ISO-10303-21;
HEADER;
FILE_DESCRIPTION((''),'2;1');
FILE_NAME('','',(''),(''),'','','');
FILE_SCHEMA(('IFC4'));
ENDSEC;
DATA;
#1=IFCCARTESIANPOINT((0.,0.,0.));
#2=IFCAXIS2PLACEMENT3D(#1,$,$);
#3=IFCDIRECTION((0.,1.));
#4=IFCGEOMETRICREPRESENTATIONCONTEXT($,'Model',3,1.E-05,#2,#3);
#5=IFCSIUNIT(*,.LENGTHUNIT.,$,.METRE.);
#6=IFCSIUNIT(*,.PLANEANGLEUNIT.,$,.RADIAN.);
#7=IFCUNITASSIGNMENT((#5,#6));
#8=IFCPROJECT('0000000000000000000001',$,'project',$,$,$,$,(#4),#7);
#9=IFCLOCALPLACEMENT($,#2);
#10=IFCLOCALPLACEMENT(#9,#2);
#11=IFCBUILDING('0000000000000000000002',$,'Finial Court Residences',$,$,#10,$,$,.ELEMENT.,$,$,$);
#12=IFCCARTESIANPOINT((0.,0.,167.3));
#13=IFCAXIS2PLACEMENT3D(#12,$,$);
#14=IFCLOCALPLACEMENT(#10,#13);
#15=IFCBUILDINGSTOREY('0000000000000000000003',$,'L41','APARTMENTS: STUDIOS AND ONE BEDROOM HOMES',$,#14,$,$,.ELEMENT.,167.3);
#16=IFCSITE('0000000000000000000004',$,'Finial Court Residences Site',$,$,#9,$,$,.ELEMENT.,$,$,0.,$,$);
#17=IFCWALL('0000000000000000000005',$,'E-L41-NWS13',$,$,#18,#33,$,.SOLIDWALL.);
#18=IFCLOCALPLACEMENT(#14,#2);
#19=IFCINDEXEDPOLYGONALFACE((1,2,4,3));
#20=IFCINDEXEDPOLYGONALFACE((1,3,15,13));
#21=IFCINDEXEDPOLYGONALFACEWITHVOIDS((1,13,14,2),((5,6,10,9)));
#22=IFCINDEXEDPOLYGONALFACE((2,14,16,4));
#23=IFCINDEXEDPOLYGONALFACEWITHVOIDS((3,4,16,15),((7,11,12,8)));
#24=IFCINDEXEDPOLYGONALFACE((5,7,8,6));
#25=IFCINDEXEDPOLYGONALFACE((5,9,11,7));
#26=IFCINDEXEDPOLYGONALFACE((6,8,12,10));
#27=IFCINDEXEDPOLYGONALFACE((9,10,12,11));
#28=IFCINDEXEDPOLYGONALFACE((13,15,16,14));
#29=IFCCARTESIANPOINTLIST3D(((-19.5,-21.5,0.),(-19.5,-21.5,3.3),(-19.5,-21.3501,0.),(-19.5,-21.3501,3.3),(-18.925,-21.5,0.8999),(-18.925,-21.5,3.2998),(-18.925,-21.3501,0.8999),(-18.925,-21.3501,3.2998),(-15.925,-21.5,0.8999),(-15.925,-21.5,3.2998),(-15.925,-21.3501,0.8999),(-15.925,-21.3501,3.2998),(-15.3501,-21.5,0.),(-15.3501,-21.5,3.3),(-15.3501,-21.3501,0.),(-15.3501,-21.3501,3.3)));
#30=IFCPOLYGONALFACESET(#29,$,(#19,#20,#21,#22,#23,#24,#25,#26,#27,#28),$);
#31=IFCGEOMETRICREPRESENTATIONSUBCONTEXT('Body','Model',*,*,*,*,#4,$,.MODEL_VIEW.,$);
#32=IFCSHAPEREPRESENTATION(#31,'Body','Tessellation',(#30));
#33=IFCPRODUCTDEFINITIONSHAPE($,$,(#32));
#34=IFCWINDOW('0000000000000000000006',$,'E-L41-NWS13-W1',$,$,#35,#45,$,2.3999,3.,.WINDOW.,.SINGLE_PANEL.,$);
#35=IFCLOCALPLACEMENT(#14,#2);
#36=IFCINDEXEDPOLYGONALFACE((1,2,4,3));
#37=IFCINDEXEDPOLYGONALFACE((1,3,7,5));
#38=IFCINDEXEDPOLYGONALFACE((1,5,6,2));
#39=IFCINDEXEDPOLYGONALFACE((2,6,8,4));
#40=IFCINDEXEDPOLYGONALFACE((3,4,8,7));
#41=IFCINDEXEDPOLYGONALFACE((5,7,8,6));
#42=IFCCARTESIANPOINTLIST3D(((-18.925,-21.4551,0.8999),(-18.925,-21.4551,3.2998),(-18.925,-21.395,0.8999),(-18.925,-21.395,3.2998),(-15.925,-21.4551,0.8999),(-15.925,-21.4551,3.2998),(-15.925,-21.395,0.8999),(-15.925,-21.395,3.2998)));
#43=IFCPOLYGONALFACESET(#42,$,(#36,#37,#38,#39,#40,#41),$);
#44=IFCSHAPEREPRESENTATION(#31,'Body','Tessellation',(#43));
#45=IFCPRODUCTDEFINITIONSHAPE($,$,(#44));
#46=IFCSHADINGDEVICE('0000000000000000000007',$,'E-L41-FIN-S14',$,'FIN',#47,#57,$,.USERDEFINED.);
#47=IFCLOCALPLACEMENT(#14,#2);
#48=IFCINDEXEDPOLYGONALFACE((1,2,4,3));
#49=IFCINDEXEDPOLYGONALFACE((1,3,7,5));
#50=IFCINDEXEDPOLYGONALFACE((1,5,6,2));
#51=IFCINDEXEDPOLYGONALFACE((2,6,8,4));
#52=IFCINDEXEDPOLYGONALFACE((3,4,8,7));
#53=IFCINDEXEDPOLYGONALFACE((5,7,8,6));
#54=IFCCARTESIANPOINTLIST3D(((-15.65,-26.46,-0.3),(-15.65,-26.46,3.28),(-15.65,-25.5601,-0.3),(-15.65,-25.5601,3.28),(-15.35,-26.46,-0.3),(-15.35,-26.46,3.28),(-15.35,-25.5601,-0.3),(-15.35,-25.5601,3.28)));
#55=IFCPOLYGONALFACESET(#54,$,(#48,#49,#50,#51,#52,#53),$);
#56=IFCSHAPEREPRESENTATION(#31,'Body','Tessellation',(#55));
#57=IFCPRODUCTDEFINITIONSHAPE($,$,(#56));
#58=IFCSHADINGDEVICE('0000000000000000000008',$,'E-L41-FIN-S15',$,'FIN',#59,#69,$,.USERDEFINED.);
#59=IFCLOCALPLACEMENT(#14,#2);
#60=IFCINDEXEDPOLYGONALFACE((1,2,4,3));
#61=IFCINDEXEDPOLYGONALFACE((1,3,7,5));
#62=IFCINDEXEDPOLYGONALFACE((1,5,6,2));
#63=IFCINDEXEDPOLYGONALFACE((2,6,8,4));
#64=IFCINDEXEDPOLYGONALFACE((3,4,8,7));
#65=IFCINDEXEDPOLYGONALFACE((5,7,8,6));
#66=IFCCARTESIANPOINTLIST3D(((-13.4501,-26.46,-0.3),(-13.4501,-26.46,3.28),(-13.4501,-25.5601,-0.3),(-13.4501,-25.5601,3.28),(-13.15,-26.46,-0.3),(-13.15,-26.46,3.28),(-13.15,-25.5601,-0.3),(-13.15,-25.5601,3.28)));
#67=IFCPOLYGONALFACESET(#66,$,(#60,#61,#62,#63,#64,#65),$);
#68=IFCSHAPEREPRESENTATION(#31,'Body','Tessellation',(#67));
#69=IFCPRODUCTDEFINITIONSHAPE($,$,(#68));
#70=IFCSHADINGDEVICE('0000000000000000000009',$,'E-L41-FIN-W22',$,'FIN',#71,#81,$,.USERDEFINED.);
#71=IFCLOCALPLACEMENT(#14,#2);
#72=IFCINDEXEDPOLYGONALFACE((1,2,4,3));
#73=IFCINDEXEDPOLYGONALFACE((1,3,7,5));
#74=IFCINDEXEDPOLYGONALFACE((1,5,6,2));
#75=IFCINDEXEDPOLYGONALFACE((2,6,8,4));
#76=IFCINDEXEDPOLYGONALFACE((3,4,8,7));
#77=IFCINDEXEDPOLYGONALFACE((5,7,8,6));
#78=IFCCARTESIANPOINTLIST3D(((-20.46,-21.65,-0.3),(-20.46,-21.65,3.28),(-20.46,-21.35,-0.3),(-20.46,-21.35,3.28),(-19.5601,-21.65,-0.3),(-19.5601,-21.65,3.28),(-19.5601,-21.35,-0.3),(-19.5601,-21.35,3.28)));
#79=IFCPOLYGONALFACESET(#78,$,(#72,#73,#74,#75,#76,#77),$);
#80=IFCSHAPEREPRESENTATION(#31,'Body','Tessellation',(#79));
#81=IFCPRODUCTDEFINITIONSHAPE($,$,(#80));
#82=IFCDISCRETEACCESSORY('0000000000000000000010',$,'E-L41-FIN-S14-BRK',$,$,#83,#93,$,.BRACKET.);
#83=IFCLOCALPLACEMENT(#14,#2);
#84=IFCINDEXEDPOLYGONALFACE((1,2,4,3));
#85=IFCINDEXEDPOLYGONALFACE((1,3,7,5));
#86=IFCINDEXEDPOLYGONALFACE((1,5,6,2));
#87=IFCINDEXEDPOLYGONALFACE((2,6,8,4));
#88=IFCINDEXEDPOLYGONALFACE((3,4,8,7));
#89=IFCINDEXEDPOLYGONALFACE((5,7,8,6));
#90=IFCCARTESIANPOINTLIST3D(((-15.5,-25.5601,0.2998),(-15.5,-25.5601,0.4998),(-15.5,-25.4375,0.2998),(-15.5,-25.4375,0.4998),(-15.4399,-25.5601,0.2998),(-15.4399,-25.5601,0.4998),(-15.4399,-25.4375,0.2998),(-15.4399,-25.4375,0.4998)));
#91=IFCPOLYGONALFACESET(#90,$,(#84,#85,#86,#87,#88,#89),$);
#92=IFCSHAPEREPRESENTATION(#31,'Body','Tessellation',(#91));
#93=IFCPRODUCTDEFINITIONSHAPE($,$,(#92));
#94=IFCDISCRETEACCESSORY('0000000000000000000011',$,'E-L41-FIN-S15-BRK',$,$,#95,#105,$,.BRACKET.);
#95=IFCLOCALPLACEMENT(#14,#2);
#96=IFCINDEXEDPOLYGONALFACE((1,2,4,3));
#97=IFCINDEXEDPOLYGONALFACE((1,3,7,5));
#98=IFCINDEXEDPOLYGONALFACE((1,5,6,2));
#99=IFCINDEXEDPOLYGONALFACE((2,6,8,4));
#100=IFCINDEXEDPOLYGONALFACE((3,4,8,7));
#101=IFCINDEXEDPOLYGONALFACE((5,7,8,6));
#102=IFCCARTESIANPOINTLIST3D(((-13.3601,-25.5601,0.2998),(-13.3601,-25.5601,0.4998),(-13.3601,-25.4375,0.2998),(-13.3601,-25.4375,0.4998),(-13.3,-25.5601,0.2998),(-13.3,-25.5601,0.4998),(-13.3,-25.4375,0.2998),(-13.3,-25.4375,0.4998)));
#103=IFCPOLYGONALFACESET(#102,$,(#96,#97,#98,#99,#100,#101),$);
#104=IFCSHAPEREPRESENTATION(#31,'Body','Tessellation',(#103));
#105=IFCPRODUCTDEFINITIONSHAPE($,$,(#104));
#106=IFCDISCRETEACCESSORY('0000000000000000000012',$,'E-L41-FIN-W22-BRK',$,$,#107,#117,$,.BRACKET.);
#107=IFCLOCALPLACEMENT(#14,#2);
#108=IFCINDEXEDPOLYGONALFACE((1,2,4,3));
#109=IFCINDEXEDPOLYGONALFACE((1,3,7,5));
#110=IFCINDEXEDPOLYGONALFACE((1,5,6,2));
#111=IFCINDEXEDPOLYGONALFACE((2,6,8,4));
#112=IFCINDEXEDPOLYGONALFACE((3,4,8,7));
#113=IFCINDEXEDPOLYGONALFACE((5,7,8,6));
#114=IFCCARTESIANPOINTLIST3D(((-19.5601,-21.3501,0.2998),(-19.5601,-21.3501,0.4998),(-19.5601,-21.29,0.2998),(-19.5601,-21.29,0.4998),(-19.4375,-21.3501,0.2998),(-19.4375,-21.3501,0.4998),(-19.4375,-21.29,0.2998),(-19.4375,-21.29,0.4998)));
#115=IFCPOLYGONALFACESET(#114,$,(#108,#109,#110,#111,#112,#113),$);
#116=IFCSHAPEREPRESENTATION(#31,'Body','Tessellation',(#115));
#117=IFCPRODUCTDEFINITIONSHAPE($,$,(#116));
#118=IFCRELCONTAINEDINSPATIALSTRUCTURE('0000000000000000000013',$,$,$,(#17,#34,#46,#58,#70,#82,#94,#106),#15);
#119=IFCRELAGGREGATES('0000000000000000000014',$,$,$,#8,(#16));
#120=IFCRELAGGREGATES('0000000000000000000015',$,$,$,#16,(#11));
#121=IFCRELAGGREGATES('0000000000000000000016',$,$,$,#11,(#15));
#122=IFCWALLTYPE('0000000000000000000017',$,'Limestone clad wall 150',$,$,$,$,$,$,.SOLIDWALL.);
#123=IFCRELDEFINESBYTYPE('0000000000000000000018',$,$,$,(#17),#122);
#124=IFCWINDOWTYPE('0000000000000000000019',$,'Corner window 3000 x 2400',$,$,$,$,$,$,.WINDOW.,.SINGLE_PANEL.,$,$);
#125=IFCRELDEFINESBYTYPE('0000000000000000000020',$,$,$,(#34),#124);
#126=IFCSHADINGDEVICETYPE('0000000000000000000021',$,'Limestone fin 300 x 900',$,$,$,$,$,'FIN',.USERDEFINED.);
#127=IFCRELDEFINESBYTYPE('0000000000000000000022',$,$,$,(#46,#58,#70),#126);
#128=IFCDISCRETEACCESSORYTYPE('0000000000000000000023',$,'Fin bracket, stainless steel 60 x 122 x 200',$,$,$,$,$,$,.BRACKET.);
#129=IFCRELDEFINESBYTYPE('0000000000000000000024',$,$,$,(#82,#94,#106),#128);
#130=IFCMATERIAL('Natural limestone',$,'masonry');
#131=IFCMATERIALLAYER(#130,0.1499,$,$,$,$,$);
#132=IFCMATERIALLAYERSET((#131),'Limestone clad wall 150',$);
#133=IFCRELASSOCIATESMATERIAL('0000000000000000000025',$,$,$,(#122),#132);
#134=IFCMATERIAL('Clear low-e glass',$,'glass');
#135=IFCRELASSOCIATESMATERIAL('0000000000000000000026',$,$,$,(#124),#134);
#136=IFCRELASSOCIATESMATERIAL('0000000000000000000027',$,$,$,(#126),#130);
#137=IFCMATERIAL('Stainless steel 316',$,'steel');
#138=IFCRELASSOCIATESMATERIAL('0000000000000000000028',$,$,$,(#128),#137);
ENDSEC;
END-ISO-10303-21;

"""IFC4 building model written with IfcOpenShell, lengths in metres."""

from ifc_helpers import new_model, si_unit, direction, frame, frame_2d, origin, origin_2d, place, context, subcontext, project, spatial, rectangle, extrude, material, layer, layer_set, type_object, element, fill, save


model = new_model("IFC4")

# Units and contexts
model_context = context("Model", 3, precision=1e-05, world=origin(), true_north=direction((0.0, 1.0)))
body_context = subcontext(model_context, "Body", "Model", "MODEL_VIEW")
ifc_project = project(units=[si_unit("LENGTHUNIT", "METRE"), si_unit("PLANEANGLEUNIT", "RADIAN")], contexts=[model_context])

# Site, building, storey
site_placement = place(None, origin())
site = spatial("IfcSite", under=ifc_project, at=site_placement, Name="Finial Court Residences Site", CompositionType="ELEMENT", RefElevation=0.0)
building_placement = place(site_placement, origin())
building = spatial("IfcBuilding", under=site, at=building_placement, Name="Finial Court Residences", CompositionType="ELEMENT")
storey_placement = place(building_placement, frame((0.0, 0.0, 167.3)))
storey = spatial("IfcBuildingStorey", under=building, at=storey_placement, Name="L41", Description="APARTMENTS: STUDIOS AND ONE BEDROOM HOMES", CompositionType="ELEMENT", Elevation=167.3)

# Shared definitions
ifc_material_1 = material(Name="Clear low-e glass", Category="glass")

# Wall, opening, window
ifc_material_2 = material(Name="Natural limestone", Category="masonry")
ifc_layer_1 = layer(ifc_material_2, 0.1499)
ifc_layer_set_1 = layer_set([ifc_layer_1], Name="Limestone clad wall 150")
wall_type_1 = type_object("IfcWallType", Name="Limestone clad wall 150", PredefinedType="SOLIDWALL", material=ifc_layer_set_1)
wall_1_placement = place(storey_placement, frame((-15.3501, -21.425, 0.0), z_axis=(0.0, 0.0, 1.0), x_axis=(-1.0, 0.0, 0.0)))
wall_1 = element("IfcWall", 1, at=wall_1_placement, inside=storey, type_object=wall_type_1, Name="E-L41-NWS13", PredefinedType="SOLIDWALL", context=body_context, shape_type="SweptSolid", body=[
    extrude(rectangle(XDim=4.1499, YDim=0.1499, at=frame_2d((2.075, 0.0))), origin(), (0.0, 0.0, 1.0), 3.3),
])
opening_1_placement = place(wall_1_placement, frame((0.575, 0.0, 0.8999)))
opening_1 = element("IfcOpeningElement", 2, at=opening_1_placement, cuts=wall_1, PredefinedType="OPENING", context=body_context, shape_type="SweptSolid", body=[
    extrude(rectangle(XDim=3.0, YDim=2.3999, at=frame_2d((1.5, 1.2))), frame((0.0, 0.085, 0.0), z_axis=(0.0, -1.0, 0.0), x_axis=(1.0, 0.0, 0.0)), (0.0, 0.0, 1.0), 0.1699),
])
window_type_1 = type_object("IfcWindowType", Name="Corner window 3000 x 2400", PartitioningType="SINGLE_PANEL", PredefinedType="WINDOW", material=ifc_material_1)
window_1_placement = place(opening_1_placement, origin())
window_1 = element("IfcWindow", 3, at=window_1_placement, inside=storey, type_object=window_type_1, Name="E-L41-NWS13-W1", OverallHeight=2.3999, OverallWidth=3.0, PartitioningType="SINGLE_PANEL", PredefinedType="WINDOW", context=body_context, shape_type="SweptSolid", body=[
    extrude(rectangle(XDim=3.0, YDim=2.3999, at=frame_2d((1.5, 1.2))), frame((0.0, 0.03, 0.0), z_axis=(0.0, -1.0, 0.0), x_axis=(1.0, 0.0, 0.0)), (0.0, 0.0, 1.0), 0.0601),
])
fill(opening_1, window_1)

# Shading devices
shading_device_type = type_object("IfcShadingDeviceType", Name="Limestone fin 300 x 900", ElementType="FIN", PredefinedType="USERDEFINED", material=ifc_material_2)
for number, where, z_axis, x_axis, name in (
    (4, (-15.5, -26.01, -0.3), (0.0, 0.0, 1.0), (1.0, 0.0, 0.0), "E-L41-FIN-S14"),
    (5, (-13.3, -26.01, -0.3), (0.0, 0.0, 1.0), (1.0, 0.0, 0.0), "E-L41-FIN-S15"),
):
    element("IfcShadingDevice", number, at=place(storey_placement, frame(where, z_axis=z_axis, x_axis=x_axis)), inside=storey, type_object=shading_device_type, Name=name, ObjectType="FIN", PredefinedType="USERDEFINED", context=body_context, shape_type="SweptSolid", body=[
        extrude(rectangle(XDim=0.3, YDim=0.8999, at=origin_2d()), origin(), (0.0, 0.0, 1.0), 3.5801),
    ])
shading_device_placement = place(storey_placement, frame((-20.01, -21.5, -0.3), z_axis=(0.0, 0.0, 1.0), x_axis=(1.0, 0.0, 0.0)))
element("IfcShadingDevice", 6, at=shading_device_placement, inside=storey, type_object=shading_device_type, Name="E-L41-FIN-W22", ObjectType="FIN", PredefinedType="USERDEFINED", context=body_context, shape_type="SweptSolid", body=[
    extrude(rectangle(XDim=0.8999, YDim=0.3, at=origin_2d()), origin(), (0.0, 0.0, 1.0), 3.5801),
])

# Discrete accessories
ifc_material_3 = material(Name="Stainless steel 316", Category="steel")
discrete_accessory_type = type_object("IfcDiscreteAccessoryType", Name="Fin bracket, stainless steel 60 x 122 x 200", PredefinedType="BRACKET", material=ifc_material_3)
for number, where, z_axis, x_axis, name in (
    (7, (-15.47, -25.4988, 0.2998), (0.0, 0.0, 1.0), (1.0, 0.0, 0.0), "E-L41-FIN-S14-BRK"),
    (8, (-13.3301, -25.4988, 0.2998), (0.0, 0.0, 1.0), (1.0, 0.0, 0.0), "E-L41-FIN-S15-BRK"),
):
    element("IfcDiscreteAccessory", number, at=place(storey_placement, frame(where, z_axis=z_axis, x_axis=x_axis)), inside=storey, type_object=discrete_accessory_type, Name=name, PredefinedType="BRACKET", context=body_context, shape_type="SweptSolid", body=[
        extrude(rectangle(XDim=0.0601, YDim=0.1226, at=origin_2d()), origin(), (0.0, 0.0, 1.0), 0.2),
    ])
discrete_accessory_placement = place(storey_placement, frame((-19.4988, -21.3201, 0.2998), z_axis=(0.0, 0.0, 1.0), x_axis=(1.0, 0.0, 0.0)))
element("IfcDiscreteAccessory", 9, at=discrete_accessory_placement, inside=storey, type_object=discrete_accessory_type, Name="E-L41-FIN-W22-BRK", PredefinedType="BRACKET", context=body_context, shape_type="SweptSolid", body=[
    extrude(rectangle(XDim=0.1226, YDim=0.0601, at=origin_2d()), origin(), (0.0, 0.0, 1.0), 0.2),
])

save(model, "model.ifc")
